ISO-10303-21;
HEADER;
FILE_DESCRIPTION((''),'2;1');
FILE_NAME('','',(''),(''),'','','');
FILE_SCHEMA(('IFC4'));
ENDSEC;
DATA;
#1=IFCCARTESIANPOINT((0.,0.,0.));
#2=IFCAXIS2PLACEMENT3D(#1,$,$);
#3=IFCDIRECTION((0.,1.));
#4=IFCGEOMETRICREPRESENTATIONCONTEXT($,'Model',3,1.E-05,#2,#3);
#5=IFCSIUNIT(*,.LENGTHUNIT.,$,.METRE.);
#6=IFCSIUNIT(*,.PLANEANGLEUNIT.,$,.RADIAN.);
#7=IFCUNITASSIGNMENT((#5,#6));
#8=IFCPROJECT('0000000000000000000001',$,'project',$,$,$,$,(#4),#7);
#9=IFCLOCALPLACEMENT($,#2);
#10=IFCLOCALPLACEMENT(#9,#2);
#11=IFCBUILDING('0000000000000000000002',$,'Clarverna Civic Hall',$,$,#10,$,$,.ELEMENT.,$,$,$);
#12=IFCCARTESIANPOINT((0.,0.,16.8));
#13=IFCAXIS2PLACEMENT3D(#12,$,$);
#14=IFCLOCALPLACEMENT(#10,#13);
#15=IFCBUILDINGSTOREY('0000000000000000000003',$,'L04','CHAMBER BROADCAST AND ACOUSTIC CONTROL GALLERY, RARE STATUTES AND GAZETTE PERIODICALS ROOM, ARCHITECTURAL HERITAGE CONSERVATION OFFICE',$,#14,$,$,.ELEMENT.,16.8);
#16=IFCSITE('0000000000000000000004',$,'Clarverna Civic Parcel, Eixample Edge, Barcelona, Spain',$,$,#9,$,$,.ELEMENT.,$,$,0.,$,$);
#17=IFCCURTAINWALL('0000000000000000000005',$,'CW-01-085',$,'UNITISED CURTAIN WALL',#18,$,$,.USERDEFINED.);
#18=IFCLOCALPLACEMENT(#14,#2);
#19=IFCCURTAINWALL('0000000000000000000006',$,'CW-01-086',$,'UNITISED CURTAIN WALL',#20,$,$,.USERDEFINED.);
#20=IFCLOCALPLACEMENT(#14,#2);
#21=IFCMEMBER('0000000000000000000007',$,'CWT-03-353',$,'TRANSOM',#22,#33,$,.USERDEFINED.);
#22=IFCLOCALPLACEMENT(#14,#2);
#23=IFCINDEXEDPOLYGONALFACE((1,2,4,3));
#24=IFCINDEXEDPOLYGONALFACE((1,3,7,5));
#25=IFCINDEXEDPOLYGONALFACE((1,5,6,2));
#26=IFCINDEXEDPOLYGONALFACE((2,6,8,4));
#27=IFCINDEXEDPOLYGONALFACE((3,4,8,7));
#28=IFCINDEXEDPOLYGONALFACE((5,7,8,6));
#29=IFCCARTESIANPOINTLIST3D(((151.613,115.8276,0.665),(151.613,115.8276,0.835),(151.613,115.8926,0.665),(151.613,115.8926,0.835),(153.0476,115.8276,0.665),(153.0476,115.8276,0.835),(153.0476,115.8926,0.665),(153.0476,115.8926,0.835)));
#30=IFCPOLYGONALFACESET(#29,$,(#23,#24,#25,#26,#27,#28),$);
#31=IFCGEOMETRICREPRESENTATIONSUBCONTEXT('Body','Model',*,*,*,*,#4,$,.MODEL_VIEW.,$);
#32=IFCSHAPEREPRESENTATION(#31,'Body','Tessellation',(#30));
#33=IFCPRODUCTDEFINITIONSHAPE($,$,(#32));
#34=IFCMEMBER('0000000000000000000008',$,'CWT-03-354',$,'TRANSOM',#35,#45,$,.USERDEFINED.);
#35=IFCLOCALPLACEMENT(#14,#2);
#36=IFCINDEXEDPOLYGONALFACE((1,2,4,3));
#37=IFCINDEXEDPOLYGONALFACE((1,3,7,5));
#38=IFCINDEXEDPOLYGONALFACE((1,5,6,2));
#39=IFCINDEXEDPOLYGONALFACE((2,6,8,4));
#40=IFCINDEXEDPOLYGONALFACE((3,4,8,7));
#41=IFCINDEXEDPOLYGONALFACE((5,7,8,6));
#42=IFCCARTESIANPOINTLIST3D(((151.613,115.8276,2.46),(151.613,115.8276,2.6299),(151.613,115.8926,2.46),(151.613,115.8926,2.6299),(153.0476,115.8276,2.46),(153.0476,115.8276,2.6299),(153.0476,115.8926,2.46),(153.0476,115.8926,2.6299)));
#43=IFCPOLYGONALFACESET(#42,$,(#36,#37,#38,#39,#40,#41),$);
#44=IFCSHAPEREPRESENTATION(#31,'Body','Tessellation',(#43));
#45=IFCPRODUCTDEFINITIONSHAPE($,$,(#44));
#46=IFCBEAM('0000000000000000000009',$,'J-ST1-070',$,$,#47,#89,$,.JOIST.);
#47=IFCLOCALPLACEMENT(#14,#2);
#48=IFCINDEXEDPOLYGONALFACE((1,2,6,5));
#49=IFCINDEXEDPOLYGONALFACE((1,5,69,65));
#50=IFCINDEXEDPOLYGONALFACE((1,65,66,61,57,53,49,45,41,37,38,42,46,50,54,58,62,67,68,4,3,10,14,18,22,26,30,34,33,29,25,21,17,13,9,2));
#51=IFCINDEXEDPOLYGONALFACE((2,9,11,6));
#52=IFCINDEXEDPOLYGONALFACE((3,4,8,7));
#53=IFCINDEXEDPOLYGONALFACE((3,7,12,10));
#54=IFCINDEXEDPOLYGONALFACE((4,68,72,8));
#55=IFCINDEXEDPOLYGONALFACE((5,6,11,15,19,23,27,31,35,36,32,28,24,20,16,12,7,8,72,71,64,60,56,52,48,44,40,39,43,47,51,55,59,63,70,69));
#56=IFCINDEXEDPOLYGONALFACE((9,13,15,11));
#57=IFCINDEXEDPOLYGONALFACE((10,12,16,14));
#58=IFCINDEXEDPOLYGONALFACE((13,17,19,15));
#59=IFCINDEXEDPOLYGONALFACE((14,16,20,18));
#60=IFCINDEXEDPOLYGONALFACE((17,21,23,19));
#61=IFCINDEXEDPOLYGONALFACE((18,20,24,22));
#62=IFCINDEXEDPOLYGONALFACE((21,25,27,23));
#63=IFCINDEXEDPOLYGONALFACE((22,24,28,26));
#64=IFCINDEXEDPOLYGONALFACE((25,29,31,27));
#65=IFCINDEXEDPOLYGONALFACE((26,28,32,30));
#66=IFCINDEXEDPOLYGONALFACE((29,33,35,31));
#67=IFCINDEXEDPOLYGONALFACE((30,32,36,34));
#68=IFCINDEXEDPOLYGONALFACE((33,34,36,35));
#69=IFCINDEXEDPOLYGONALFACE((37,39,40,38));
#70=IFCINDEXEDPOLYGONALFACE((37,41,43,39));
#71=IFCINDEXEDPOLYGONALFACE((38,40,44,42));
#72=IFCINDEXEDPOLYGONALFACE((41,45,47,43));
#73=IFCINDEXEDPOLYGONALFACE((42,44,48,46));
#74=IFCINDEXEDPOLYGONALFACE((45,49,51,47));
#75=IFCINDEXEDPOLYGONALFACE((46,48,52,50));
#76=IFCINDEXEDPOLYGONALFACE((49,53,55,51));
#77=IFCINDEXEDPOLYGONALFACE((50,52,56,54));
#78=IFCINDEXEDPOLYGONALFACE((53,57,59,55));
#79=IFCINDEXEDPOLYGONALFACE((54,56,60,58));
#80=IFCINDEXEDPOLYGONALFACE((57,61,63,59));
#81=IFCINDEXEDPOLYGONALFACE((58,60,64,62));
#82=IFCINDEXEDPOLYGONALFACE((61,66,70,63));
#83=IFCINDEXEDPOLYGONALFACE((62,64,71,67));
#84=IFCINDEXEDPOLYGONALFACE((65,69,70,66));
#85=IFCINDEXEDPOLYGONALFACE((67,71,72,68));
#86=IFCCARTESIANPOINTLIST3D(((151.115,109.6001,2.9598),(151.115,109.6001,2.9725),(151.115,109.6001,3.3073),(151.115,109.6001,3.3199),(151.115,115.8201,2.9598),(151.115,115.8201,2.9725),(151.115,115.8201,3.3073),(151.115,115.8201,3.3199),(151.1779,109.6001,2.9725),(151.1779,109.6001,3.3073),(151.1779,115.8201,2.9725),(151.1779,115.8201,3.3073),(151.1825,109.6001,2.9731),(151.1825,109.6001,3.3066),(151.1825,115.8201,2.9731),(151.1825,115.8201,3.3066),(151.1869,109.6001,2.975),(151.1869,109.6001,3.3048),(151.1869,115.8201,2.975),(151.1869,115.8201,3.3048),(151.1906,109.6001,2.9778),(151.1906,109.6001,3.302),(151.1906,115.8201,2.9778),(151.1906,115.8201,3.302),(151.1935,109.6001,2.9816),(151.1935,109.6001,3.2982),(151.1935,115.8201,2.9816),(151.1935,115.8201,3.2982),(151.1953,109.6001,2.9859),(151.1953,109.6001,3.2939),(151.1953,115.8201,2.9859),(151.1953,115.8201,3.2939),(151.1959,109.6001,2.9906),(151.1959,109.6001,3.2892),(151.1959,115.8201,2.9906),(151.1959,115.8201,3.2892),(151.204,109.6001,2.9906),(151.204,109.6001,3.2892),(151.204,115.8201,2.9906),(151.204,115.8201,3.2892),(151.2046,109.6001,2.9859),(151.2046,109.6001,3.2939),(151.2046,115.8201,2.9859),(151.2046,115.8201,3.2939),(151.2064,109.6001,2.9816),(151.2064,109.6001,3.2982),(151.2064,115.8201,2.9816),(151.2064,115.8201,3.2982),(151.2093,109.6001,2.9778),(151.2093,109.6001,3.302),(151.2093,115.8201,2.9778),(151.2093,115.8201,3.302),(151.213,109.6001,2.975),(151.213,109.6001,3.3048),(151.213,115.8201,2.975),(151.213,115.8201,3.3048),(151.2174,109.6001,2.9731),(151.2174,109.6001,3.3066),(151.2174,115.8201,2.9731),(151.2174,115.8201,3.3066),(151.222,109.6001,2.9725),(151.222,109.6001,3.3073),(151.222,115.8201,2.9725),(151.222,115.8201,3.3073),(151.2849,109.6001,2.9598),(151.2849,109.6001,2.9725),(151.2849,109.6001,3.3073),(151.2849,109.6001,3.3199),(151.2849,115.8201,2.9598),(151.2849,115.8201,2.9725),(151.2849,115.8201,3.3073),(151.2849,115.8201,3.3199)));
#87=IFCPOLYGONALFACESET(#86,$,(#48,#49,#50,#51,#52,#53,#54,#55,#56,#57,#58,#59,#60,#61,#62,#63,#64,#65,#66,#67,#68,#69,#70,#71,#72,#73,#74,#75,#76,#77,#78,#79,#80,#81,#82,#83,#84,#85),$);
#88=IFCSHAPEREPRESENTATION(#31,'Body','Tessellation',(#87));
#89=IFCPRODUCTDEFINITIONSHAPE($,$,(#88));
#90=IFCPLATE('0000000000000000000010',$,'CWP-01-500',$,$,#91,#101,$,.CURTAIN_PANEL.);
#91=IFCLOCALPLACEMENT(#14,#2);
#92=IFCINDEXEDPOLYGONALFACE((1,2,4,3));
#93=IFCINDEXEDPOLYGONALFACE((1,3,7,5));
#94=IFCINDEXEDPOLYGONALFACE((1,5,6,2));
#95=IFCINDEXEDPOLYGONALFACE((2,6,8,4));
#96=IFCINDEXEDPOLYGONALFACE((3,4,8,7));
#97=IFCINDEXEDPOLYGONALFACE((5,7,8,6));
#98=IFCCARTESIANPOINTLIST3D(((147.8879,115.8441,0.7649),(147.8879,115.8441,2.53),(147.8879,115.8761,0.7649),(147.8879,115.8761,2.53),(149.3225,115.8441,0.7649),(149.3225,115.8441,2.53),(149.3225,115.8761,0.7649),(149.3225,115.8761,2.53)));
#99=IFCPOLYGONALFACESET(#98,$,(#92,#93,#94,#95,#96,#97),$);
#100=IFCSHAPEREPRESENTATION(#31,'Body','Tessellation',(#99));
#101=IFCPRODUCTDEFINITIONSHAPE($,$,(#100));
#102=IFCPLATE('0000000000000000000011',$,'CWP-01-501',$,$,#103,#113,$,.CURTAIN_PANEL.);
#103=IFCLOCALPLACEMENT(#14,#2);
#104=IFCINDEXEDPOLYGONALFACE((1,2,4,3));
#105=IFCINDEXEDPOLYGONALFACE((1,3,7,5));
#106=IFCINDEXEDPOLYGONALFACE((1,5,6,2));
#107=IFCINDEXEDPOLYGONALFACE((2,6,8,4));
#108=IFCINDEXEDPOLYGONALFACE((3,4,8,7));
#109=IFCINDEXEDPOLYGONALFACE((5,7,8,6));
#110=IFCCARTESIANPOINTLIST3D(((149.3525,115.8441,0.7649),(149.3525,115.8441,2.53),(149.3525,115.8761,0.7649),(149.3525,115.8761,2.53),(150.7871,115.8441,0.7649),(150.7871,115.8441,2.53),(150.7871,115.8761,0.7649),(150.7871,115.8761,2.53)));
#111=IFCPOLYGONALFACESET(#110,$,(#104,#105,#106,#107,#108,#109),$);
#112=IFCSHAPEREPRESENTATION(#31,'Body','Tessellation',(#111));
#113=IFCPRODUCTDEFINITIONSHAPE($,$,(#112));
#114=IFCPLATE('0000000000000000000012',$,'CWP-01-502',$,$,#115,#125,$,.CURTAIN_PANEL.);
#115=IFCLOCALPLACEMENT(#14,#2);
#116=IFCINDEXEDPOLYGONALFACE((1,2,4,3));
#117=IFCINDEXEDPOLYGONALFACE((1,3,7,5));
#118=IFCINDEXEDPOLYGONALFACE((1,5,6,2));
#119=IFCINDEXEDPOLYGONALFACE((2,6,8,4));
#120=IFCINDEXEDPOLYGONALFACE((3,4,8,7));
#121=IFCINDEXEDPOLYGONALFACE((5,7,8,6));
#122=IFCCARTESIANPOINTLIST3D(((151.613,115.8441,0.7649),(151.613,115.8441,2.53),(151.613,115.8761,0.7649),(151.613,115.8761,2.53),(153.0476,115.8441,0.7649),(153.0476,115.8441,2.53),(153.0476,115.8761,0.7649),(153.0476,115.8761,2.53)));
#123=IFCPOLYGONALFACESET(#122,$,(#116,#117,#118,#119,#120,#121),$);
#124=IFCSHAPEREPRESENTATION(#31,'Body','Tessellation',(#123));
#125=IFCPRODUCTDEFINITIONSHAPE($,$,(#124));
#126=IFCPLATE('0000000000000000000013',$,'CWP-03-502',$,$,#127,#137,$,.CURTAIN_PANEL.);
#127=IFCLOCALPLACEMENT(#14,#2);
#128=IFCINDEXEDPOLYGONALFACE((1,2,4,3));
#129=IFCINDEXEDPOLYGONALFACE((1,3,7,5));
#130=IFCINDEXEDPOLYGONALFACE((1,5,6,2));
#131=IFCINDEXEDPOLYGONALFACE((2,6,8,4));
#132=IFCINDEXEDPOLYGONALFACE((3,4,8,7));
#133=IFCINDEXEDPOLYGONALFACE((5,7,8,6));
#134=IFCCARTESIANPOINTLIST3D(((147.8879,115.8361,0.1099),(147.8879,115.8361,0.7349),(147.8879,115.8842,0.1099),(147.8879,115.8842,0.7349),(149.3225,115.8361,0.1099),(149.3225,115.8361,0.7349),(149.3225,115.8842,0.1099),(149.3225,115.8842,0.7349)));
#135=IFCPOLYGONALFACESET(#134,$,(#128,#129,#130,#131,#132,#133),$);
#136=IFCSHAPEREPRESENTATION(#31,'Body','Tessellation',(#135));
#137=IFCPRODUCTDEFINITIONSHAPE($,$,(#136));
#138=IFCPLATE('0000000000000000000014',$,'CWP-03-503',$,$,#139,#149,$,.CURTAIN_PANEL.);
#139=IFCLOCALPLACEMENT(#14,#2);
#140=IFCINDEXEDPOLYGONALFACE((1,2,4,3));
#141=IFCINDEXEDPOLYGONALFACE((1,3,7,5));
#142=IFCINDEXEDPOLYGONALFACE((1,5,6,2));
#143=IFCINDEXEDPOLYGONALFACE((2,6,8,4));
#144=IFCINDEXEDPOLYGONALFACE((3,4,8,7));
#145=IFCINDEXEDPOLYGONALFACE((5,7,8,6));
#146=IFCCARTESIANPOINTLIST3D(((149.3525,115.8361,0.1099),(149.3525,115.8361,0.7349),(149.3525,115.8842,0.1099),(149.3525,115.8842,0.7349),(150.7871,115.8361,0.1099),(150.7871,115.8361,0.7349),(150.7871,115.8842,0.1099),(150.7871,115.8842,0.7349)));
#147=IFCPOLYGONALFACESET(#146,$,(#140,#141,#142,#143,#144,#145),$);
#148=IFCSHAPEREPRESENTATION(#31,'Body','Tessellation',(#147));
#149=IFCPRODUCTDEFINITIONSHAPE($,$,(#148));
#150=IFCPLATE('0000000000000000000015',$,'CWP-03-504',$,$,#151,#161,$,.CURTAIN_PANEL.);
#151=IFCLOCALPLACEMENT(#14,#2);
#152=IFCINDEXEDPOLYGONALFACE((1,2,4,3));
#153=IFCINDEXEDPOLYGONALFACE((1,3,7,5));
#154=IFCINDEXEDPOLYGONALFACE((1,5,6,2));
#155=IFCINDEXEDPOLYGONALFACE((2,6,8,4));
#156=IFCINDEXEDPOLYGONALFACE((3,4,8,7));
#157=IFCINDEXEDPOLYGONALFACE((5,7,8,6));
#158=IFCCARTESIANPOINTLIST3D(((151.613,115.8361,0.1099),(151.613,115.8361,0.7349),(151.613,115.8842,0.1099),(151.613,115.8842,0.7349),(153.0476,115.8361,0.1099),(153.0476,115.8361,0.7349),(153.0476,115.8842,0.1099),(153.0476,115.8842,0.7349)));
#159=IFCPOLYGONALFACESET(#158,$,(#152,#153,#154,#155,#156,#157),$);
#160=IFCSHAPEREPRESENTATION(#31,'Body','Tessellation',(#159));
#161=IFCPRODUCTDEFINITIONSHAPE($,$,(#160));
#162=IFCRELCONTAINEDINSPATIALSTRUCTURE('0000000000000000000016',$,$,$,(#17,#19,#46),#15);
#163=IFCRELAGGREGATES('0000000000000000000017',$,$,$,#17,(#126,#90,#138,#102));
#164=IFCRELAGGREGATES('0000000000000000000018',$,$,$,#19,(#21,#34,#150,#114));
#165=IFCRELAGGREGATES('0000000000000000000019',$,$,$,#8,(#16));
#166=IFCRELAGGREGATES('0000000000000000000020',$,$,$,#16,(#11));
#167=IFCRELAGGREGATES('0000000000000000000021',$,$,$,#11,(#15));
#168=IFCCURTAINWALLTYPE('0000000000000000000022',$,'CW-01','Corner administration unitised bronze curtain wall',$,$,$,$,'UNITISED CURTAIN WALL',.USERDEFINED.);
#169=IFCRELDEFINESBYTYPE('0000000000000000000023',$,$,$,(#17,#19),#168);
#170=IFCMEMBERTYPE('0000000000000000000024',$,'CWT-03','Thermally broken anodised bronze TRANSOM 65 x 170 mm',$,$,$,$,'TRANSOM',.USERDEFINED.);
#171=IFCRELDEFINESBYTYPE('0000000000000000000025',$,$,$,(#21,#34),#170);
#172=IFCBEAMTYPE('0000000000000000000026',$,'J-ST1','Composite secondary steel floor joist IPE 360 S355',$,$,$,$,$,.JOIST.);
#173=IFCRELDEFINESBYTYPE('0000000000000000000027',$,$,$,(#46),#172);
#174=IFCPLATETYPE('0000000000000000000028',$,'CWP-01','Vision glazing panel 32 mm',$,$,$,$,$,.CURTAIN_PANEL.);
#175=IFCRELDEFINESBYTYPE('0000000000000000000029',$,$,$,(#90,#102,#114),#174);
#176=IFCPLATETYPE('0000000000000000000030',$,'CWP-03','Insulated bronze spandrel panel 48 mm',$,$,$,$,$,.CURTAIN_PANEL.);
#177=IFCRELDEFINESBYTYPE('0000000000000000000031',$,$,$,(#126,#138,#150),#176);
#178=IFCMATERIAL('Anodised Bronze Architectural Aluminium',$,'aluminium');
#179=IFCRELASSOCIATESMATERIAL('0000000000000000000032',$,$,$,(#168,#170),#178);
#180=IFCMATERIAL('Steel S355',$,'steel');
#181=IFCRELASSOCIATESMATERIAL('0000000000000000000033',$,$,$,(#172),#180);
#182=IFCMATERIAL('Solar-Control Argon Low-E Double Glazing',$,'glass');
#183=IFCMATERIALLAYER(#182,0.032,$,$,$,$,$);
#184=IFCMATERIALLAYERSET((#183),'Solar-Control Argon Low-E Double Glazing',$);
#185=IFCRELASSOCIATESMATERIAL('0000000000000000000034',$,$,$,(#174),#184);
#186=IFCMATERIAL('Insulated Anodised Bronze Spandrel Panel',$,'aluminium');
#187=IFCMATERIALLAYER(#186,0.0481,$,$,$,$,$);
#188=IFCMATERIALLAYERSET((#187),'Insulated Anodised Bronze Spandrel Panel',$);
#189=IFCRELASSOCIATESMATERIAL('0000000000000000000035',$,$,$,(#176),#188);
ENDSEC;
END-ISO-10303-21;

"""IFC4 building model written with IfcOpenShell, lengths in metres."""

from ifc_helpers import new_model, si_unit, direction, frame, frame_2d, origin, origin_2d, place, context, subcontext, project, spatial, rectangle, i_section, extrude, material, layer, layer_set, material_profile, profile_set, type_object, element, aggregate, save


model = new_model("IFC4")

# Units and contexts
model_context = context("Model", 3, precision=1e-05, world=origin(), true_north=direction((0.0, 1.0)))
body_context = subcontext(model_context, "Body", "Model", "MODEL_VIEW")
ifc_project = project(units=[si_unit("LENGTHUNIT", "METRE"), si_unit("PLANEANGLEUNIT", "RADIAN")], contexts=[model_context])

# Site, building, storey
site_placement = place(None, origin())
site = spatial("IfcSite", under=ifc_project, at=site_placement, Name="Clarverna Civic Parcel, Eixample Edge, Barcelona, Spain", CompositionType="ELEMENT", RefElevation=0.0)
building_placement = place(site_placement, origin())
building = spatial("IfcBuilding", under=site, at=building_placement, Name="Clarverna Civic Hall", CompositionType="ELEMENT")
storey_placement = place(building_placement, frame((0.0, 0.0, 16.8)))
storey = spatial("IfcBuildingStorey", under=building, at=storey_placement, Name="L04", Description="CHAMBER BROADCAST AND ACOUSTIC CONTROL GALLERY, RARE STATUTES AND GAZETTE PERIODICALS ROOM, ARCHITECTURAL HERITAGE CONSERVATION OFFICE", CompositionType="ELEMENT", Elevation=16.8)

# Curtain wall
ifc_material_1 = material(Name="Anodised Bronze Architectural Aluminium", Category="aluminium")
curtain_wall_type = type_object("IfcCurtainWallType", Name="CW-01", Description="Corner administration unitised bronze curtain wall", ElementType="UNITISED CURTAIN WALL", PredefinedType="USERDEFINED", material=ifc_material_1)
curtain_wall_1_placement = place(storey_placement, origin())
curtain_wall_1 = element("IfcCurtainWall", 1, at=curtain_wall_1_placement, inside=storey, type_object=curtain_wall_type, Name="CW-01-085", ObjectType="UNITISED CURTAIN WALL", PredefinedType="USERDEFINED")

# Curtain wall
curtain_wall_2_placement = place(storey_placement, origin())
curtain_wall_2 = element("IfcCurtainWall", 2, at=curtain_wall_2_placement, inside=storey, type_object=curtain_wall_type, Name="CW-01-086", ObjectType="UNITISED CURTAIN WALL", PredefinedType="USERDEFINED")

# Members
ifc_material_profile_1 = material_profile(ifc_material_1, rectangle(XDim=0.0649, YDim=0.1699, at=origin_2d()), Name="BRONZE 65x170")
ifc_profile_set_1 = profile_set([ifc_material_profile_1], Name="Anodised Bronze Architectural Aluminium")
member_type_1 = type_object("IfcMemberType", Name="CWT-03", Description="Thermally broken anodised bronze TRANSOM 65 x 170 mm", ElementType="TRANSOM", PredefinedType="USERDEFINED", material=ifc_profile_set_1)
member_1_placement = place(storey_placement, frame((151.613, 115.8601, 0.75), z_axis=(1.0, 0.0, 0.0), x_axis=(0.0, 1.0, 0.0)))
member_1 = element("IfcMember", 3, at=member_1_placement, type_object=member_type_1, Name="CWT-03-353", ObjectType="TRANSOM", PredefinedType="USERDEFINED", context=body_context, shape_type="SweptSolid", body=[
    extrude(rectangle(XDim=0.0649, YDim=0.1699, at=origin_2d()), origin(), (0.0, 0.0, 1.0), 1.4346),
])
member_2_placement = place(storey_placement, frame((151.613, 115.8601, 2.5449), z_axis=(1.0, 0.0, 0.0), x_axis=(0.0, 1.0, 0.0)))
member_2 = element("IfcMember", 4, at=member_2_placement, type_object=member_type_1, Name="CWT-03-354", ObjectType="TRANSOM", PredefinedType="USERDEFINED", context=body_context, shape_type="SweptSolid", body=[
    extrude(rectangle(XDim=0.0649, YDim=0.1699, at=origin_2d()), origin(), (0.0, 0.0, 1.0), 1.4346),
])

# Beam
ifc_material_2 = material(Name="Steel S355", Category="steel")
ifc_material_profile_2 = material_profile(ifc_material_2, i_section(OverallWidth=0.1699, OverallDepth=0.3601, WebThickness=0.0081, FlangeThickness=0.0127, FilletRadius=0.0181, at=origin_2d()), Name="IPE 360")
ifc_profile_set_2 = profile_set([ifc_material_profile_2], Name="Steel S355")
beam_type_1 = type_object("IfcBeamType", Name="J-ST1", Description="Composite secondary steel floor joist IPE 360 S355", PredefinedType="JOIST", material=ifc_profile_set_2)
beam_1_placement = place(storey_placement, frame((151.2, 109.6001, 3.1399), z_axis=(0.0, 1.0, 0.0), x_axis=(-1.0, 0.0, 0.0)))
element("IfcBeam", 5, at=beam_1_placement, inside=storey, type_object=beam_type_1, Name="J-ST1-070", PredefinedType="JOIST", context=body_context, shape_type="SweptSolid", body=[
    extrude(i_section(OverallWidth=0.1699, OverallDepth=0.3601, WebThickness=0.0081, FlangeThickness=0.0127, FilletRadius=0.0181, at=origin_2d()), origin(), (0.0, 0.0, 1.0), 6.22),
])

# Plates
ifc_material_3 = material(Name="Solar-Control Argon Low-E Double Glazing", Category="glass")
ifc_layer_1 = layer(ifc_material_3, 0.032)
ifc_layer_set_1 = layer_set([ifc_layer_1], Name="Solar-Control Argon Low-E Double Glazing")
plate_type_1 = type_object("IfcPlateType", Name="CWP-01", Description="Vision glazing panel 32 mm", PredefinedType="CURTAIN_PANEL", material=ifc_layer_set_1)
plate_1_placement = place(storey_placement, frame((147.8879, 115.8601, 0.7649), z_axis=(0.0, 0.0, 1.0), x_axis=(1.0, 0.0, 0.0)))
plate_1 = element("IfcPlate", 6, at=plate_1_placement, type_object=plate_type_1, Name="CWP-01-500", PredefinedType="CURTAIN_PANEL", context=body_context, shape_type="SweptSolid", body=[
    extrude(rectangle(XDim=1.4346, YDim=0.032, at=frame_2d((0.7173, 0.0))), origin(), (0.0, 0.0, 1.0), 1.7651),
])
plate_2_placement = place(storey_placement, frame((149.3525, 115.8601, 0.7649), z_axis=(0.0, 0.0, 1.0), x_axis=(1.0, 0.0, 0.0)))
plate_2 = element("IfcPlate", 7, at=plate_2_placement, type_object=plate_type_1, Name="CWP-01-501", PredefinedType="CURTAIN_PANEL", context=body_context, shape_type="SweptSolid", body=[
    extrude(rectangle(XDim=1.4346, YDim=0.032, at=frame_2d((0.7173, 0.0))), origin(), (0.0, 0.0, 1.0), 1.7651),
])
plate_3_placement = place(storey_placement, frame((151.613, 115.8601, 0.7649), z_axis=(0.0, 0.0, 1.0), x_axis=(1.0, 0.0, 0.0)))
plate_3 = element("IfcPlate", 8, at=plate_3_placement, type_object=plate_type_1, Name="CWP-01-502", PredefinedType="CURTAIN_PANEL", context=body_context, shape_type="SweptSolid", body=[
    extrude(rectangle(XDim=1.4346, YDim=0.032, at=frame_2d((0.7173, 0.0))), origin(), (0.0, 0.0, 1.0), 1.7651),
])
ifc_material_4 = material(Name="Insulated Anodised Bronze Spandrel Panel", Category="aluminium")
ifc_layer_2 = layer(ifc_material_4, 0.0481)
ifc_layer_set_2 = layer_set([ifc_layer_2], Name="Insulated Anodised Bronze Spandrel Panel")
plate_type_2 = type_object("IfcPlateType", Name="CWP-03", Description="Insulated bronze spandrel panel 48 mm", PredefinedType="CURTAIN_PANEL", material=ifc_layer_set_2)
plate_4_placement = place(storey_placement, frame((147.8879, 115.8601, 0.1099), z_axis=(0.0, 0.0, 1.0), x_axis=(1.0, 0.0, 0.0)))
plate_4 = element("IfcPlate", 9, at=plate_4_placement, type_object=plate_type_2, Name="CWP-03-502", PredefinedType="CURTAIN_PANEL", context=body_context, shape_type="SweptSolid", body=[
    extrude(rectangle(XDim=1.4346, YDim=0.0481, at=frame_2d((0.7173, 0.0))), origin(), (0.0, 0.0, 1.0), 0.625),
])
plate_5_placement = place(storey_placement, frame((149.3525, 115.8601, 0.1099), z_axis=(0.0, 0.0, 1.0), x_axis=(1.0, 0.0, 0.0)))
plate_5 = element("IfcPlate", 10, at=plate_5_placement, type_object=plate_type_2, Name="CWP-03-503", PredefinedType="CURTAIN_PANEL", context=body_context, shape_type="SweptSolid", body=[
    extrude(rectangle(XDim=1.4346, YDim=0.0481, at=frame_2d((0.7173, 0.0))), origin(), (0.0, 0.0, 1.0), 0.625),
])
aggregate(curtain_wall_1, [plate_4, plate_1, plate_5, plate_2])
plate_6_placement = place(storey_placement, frame((151.613, 115.8601, 0.1099), z_axis=(0.0, 0.0, 1.0), x_axis=(1.0, 0.0, 0.0)))
plate_6 = element("IfcPlate", 11, at=plate_6_placement, type_object=plate_type_2, Name="CWP-03-504", PredefinedType="CURTAIN_PANEL", context=body_context, shape_type="SweptSolid", body=[
    extrude(rectangle(XDim=1.4346, YDim=0.0481, at=frame_2d((0.7173, 0.0))), origin(), (0.0, 0.0, 1.0), 0.625),
])
aggregate(curtain_wall_2, [member_1, member_2, plate_6, plate_3])

save(model, "model.ifc")
